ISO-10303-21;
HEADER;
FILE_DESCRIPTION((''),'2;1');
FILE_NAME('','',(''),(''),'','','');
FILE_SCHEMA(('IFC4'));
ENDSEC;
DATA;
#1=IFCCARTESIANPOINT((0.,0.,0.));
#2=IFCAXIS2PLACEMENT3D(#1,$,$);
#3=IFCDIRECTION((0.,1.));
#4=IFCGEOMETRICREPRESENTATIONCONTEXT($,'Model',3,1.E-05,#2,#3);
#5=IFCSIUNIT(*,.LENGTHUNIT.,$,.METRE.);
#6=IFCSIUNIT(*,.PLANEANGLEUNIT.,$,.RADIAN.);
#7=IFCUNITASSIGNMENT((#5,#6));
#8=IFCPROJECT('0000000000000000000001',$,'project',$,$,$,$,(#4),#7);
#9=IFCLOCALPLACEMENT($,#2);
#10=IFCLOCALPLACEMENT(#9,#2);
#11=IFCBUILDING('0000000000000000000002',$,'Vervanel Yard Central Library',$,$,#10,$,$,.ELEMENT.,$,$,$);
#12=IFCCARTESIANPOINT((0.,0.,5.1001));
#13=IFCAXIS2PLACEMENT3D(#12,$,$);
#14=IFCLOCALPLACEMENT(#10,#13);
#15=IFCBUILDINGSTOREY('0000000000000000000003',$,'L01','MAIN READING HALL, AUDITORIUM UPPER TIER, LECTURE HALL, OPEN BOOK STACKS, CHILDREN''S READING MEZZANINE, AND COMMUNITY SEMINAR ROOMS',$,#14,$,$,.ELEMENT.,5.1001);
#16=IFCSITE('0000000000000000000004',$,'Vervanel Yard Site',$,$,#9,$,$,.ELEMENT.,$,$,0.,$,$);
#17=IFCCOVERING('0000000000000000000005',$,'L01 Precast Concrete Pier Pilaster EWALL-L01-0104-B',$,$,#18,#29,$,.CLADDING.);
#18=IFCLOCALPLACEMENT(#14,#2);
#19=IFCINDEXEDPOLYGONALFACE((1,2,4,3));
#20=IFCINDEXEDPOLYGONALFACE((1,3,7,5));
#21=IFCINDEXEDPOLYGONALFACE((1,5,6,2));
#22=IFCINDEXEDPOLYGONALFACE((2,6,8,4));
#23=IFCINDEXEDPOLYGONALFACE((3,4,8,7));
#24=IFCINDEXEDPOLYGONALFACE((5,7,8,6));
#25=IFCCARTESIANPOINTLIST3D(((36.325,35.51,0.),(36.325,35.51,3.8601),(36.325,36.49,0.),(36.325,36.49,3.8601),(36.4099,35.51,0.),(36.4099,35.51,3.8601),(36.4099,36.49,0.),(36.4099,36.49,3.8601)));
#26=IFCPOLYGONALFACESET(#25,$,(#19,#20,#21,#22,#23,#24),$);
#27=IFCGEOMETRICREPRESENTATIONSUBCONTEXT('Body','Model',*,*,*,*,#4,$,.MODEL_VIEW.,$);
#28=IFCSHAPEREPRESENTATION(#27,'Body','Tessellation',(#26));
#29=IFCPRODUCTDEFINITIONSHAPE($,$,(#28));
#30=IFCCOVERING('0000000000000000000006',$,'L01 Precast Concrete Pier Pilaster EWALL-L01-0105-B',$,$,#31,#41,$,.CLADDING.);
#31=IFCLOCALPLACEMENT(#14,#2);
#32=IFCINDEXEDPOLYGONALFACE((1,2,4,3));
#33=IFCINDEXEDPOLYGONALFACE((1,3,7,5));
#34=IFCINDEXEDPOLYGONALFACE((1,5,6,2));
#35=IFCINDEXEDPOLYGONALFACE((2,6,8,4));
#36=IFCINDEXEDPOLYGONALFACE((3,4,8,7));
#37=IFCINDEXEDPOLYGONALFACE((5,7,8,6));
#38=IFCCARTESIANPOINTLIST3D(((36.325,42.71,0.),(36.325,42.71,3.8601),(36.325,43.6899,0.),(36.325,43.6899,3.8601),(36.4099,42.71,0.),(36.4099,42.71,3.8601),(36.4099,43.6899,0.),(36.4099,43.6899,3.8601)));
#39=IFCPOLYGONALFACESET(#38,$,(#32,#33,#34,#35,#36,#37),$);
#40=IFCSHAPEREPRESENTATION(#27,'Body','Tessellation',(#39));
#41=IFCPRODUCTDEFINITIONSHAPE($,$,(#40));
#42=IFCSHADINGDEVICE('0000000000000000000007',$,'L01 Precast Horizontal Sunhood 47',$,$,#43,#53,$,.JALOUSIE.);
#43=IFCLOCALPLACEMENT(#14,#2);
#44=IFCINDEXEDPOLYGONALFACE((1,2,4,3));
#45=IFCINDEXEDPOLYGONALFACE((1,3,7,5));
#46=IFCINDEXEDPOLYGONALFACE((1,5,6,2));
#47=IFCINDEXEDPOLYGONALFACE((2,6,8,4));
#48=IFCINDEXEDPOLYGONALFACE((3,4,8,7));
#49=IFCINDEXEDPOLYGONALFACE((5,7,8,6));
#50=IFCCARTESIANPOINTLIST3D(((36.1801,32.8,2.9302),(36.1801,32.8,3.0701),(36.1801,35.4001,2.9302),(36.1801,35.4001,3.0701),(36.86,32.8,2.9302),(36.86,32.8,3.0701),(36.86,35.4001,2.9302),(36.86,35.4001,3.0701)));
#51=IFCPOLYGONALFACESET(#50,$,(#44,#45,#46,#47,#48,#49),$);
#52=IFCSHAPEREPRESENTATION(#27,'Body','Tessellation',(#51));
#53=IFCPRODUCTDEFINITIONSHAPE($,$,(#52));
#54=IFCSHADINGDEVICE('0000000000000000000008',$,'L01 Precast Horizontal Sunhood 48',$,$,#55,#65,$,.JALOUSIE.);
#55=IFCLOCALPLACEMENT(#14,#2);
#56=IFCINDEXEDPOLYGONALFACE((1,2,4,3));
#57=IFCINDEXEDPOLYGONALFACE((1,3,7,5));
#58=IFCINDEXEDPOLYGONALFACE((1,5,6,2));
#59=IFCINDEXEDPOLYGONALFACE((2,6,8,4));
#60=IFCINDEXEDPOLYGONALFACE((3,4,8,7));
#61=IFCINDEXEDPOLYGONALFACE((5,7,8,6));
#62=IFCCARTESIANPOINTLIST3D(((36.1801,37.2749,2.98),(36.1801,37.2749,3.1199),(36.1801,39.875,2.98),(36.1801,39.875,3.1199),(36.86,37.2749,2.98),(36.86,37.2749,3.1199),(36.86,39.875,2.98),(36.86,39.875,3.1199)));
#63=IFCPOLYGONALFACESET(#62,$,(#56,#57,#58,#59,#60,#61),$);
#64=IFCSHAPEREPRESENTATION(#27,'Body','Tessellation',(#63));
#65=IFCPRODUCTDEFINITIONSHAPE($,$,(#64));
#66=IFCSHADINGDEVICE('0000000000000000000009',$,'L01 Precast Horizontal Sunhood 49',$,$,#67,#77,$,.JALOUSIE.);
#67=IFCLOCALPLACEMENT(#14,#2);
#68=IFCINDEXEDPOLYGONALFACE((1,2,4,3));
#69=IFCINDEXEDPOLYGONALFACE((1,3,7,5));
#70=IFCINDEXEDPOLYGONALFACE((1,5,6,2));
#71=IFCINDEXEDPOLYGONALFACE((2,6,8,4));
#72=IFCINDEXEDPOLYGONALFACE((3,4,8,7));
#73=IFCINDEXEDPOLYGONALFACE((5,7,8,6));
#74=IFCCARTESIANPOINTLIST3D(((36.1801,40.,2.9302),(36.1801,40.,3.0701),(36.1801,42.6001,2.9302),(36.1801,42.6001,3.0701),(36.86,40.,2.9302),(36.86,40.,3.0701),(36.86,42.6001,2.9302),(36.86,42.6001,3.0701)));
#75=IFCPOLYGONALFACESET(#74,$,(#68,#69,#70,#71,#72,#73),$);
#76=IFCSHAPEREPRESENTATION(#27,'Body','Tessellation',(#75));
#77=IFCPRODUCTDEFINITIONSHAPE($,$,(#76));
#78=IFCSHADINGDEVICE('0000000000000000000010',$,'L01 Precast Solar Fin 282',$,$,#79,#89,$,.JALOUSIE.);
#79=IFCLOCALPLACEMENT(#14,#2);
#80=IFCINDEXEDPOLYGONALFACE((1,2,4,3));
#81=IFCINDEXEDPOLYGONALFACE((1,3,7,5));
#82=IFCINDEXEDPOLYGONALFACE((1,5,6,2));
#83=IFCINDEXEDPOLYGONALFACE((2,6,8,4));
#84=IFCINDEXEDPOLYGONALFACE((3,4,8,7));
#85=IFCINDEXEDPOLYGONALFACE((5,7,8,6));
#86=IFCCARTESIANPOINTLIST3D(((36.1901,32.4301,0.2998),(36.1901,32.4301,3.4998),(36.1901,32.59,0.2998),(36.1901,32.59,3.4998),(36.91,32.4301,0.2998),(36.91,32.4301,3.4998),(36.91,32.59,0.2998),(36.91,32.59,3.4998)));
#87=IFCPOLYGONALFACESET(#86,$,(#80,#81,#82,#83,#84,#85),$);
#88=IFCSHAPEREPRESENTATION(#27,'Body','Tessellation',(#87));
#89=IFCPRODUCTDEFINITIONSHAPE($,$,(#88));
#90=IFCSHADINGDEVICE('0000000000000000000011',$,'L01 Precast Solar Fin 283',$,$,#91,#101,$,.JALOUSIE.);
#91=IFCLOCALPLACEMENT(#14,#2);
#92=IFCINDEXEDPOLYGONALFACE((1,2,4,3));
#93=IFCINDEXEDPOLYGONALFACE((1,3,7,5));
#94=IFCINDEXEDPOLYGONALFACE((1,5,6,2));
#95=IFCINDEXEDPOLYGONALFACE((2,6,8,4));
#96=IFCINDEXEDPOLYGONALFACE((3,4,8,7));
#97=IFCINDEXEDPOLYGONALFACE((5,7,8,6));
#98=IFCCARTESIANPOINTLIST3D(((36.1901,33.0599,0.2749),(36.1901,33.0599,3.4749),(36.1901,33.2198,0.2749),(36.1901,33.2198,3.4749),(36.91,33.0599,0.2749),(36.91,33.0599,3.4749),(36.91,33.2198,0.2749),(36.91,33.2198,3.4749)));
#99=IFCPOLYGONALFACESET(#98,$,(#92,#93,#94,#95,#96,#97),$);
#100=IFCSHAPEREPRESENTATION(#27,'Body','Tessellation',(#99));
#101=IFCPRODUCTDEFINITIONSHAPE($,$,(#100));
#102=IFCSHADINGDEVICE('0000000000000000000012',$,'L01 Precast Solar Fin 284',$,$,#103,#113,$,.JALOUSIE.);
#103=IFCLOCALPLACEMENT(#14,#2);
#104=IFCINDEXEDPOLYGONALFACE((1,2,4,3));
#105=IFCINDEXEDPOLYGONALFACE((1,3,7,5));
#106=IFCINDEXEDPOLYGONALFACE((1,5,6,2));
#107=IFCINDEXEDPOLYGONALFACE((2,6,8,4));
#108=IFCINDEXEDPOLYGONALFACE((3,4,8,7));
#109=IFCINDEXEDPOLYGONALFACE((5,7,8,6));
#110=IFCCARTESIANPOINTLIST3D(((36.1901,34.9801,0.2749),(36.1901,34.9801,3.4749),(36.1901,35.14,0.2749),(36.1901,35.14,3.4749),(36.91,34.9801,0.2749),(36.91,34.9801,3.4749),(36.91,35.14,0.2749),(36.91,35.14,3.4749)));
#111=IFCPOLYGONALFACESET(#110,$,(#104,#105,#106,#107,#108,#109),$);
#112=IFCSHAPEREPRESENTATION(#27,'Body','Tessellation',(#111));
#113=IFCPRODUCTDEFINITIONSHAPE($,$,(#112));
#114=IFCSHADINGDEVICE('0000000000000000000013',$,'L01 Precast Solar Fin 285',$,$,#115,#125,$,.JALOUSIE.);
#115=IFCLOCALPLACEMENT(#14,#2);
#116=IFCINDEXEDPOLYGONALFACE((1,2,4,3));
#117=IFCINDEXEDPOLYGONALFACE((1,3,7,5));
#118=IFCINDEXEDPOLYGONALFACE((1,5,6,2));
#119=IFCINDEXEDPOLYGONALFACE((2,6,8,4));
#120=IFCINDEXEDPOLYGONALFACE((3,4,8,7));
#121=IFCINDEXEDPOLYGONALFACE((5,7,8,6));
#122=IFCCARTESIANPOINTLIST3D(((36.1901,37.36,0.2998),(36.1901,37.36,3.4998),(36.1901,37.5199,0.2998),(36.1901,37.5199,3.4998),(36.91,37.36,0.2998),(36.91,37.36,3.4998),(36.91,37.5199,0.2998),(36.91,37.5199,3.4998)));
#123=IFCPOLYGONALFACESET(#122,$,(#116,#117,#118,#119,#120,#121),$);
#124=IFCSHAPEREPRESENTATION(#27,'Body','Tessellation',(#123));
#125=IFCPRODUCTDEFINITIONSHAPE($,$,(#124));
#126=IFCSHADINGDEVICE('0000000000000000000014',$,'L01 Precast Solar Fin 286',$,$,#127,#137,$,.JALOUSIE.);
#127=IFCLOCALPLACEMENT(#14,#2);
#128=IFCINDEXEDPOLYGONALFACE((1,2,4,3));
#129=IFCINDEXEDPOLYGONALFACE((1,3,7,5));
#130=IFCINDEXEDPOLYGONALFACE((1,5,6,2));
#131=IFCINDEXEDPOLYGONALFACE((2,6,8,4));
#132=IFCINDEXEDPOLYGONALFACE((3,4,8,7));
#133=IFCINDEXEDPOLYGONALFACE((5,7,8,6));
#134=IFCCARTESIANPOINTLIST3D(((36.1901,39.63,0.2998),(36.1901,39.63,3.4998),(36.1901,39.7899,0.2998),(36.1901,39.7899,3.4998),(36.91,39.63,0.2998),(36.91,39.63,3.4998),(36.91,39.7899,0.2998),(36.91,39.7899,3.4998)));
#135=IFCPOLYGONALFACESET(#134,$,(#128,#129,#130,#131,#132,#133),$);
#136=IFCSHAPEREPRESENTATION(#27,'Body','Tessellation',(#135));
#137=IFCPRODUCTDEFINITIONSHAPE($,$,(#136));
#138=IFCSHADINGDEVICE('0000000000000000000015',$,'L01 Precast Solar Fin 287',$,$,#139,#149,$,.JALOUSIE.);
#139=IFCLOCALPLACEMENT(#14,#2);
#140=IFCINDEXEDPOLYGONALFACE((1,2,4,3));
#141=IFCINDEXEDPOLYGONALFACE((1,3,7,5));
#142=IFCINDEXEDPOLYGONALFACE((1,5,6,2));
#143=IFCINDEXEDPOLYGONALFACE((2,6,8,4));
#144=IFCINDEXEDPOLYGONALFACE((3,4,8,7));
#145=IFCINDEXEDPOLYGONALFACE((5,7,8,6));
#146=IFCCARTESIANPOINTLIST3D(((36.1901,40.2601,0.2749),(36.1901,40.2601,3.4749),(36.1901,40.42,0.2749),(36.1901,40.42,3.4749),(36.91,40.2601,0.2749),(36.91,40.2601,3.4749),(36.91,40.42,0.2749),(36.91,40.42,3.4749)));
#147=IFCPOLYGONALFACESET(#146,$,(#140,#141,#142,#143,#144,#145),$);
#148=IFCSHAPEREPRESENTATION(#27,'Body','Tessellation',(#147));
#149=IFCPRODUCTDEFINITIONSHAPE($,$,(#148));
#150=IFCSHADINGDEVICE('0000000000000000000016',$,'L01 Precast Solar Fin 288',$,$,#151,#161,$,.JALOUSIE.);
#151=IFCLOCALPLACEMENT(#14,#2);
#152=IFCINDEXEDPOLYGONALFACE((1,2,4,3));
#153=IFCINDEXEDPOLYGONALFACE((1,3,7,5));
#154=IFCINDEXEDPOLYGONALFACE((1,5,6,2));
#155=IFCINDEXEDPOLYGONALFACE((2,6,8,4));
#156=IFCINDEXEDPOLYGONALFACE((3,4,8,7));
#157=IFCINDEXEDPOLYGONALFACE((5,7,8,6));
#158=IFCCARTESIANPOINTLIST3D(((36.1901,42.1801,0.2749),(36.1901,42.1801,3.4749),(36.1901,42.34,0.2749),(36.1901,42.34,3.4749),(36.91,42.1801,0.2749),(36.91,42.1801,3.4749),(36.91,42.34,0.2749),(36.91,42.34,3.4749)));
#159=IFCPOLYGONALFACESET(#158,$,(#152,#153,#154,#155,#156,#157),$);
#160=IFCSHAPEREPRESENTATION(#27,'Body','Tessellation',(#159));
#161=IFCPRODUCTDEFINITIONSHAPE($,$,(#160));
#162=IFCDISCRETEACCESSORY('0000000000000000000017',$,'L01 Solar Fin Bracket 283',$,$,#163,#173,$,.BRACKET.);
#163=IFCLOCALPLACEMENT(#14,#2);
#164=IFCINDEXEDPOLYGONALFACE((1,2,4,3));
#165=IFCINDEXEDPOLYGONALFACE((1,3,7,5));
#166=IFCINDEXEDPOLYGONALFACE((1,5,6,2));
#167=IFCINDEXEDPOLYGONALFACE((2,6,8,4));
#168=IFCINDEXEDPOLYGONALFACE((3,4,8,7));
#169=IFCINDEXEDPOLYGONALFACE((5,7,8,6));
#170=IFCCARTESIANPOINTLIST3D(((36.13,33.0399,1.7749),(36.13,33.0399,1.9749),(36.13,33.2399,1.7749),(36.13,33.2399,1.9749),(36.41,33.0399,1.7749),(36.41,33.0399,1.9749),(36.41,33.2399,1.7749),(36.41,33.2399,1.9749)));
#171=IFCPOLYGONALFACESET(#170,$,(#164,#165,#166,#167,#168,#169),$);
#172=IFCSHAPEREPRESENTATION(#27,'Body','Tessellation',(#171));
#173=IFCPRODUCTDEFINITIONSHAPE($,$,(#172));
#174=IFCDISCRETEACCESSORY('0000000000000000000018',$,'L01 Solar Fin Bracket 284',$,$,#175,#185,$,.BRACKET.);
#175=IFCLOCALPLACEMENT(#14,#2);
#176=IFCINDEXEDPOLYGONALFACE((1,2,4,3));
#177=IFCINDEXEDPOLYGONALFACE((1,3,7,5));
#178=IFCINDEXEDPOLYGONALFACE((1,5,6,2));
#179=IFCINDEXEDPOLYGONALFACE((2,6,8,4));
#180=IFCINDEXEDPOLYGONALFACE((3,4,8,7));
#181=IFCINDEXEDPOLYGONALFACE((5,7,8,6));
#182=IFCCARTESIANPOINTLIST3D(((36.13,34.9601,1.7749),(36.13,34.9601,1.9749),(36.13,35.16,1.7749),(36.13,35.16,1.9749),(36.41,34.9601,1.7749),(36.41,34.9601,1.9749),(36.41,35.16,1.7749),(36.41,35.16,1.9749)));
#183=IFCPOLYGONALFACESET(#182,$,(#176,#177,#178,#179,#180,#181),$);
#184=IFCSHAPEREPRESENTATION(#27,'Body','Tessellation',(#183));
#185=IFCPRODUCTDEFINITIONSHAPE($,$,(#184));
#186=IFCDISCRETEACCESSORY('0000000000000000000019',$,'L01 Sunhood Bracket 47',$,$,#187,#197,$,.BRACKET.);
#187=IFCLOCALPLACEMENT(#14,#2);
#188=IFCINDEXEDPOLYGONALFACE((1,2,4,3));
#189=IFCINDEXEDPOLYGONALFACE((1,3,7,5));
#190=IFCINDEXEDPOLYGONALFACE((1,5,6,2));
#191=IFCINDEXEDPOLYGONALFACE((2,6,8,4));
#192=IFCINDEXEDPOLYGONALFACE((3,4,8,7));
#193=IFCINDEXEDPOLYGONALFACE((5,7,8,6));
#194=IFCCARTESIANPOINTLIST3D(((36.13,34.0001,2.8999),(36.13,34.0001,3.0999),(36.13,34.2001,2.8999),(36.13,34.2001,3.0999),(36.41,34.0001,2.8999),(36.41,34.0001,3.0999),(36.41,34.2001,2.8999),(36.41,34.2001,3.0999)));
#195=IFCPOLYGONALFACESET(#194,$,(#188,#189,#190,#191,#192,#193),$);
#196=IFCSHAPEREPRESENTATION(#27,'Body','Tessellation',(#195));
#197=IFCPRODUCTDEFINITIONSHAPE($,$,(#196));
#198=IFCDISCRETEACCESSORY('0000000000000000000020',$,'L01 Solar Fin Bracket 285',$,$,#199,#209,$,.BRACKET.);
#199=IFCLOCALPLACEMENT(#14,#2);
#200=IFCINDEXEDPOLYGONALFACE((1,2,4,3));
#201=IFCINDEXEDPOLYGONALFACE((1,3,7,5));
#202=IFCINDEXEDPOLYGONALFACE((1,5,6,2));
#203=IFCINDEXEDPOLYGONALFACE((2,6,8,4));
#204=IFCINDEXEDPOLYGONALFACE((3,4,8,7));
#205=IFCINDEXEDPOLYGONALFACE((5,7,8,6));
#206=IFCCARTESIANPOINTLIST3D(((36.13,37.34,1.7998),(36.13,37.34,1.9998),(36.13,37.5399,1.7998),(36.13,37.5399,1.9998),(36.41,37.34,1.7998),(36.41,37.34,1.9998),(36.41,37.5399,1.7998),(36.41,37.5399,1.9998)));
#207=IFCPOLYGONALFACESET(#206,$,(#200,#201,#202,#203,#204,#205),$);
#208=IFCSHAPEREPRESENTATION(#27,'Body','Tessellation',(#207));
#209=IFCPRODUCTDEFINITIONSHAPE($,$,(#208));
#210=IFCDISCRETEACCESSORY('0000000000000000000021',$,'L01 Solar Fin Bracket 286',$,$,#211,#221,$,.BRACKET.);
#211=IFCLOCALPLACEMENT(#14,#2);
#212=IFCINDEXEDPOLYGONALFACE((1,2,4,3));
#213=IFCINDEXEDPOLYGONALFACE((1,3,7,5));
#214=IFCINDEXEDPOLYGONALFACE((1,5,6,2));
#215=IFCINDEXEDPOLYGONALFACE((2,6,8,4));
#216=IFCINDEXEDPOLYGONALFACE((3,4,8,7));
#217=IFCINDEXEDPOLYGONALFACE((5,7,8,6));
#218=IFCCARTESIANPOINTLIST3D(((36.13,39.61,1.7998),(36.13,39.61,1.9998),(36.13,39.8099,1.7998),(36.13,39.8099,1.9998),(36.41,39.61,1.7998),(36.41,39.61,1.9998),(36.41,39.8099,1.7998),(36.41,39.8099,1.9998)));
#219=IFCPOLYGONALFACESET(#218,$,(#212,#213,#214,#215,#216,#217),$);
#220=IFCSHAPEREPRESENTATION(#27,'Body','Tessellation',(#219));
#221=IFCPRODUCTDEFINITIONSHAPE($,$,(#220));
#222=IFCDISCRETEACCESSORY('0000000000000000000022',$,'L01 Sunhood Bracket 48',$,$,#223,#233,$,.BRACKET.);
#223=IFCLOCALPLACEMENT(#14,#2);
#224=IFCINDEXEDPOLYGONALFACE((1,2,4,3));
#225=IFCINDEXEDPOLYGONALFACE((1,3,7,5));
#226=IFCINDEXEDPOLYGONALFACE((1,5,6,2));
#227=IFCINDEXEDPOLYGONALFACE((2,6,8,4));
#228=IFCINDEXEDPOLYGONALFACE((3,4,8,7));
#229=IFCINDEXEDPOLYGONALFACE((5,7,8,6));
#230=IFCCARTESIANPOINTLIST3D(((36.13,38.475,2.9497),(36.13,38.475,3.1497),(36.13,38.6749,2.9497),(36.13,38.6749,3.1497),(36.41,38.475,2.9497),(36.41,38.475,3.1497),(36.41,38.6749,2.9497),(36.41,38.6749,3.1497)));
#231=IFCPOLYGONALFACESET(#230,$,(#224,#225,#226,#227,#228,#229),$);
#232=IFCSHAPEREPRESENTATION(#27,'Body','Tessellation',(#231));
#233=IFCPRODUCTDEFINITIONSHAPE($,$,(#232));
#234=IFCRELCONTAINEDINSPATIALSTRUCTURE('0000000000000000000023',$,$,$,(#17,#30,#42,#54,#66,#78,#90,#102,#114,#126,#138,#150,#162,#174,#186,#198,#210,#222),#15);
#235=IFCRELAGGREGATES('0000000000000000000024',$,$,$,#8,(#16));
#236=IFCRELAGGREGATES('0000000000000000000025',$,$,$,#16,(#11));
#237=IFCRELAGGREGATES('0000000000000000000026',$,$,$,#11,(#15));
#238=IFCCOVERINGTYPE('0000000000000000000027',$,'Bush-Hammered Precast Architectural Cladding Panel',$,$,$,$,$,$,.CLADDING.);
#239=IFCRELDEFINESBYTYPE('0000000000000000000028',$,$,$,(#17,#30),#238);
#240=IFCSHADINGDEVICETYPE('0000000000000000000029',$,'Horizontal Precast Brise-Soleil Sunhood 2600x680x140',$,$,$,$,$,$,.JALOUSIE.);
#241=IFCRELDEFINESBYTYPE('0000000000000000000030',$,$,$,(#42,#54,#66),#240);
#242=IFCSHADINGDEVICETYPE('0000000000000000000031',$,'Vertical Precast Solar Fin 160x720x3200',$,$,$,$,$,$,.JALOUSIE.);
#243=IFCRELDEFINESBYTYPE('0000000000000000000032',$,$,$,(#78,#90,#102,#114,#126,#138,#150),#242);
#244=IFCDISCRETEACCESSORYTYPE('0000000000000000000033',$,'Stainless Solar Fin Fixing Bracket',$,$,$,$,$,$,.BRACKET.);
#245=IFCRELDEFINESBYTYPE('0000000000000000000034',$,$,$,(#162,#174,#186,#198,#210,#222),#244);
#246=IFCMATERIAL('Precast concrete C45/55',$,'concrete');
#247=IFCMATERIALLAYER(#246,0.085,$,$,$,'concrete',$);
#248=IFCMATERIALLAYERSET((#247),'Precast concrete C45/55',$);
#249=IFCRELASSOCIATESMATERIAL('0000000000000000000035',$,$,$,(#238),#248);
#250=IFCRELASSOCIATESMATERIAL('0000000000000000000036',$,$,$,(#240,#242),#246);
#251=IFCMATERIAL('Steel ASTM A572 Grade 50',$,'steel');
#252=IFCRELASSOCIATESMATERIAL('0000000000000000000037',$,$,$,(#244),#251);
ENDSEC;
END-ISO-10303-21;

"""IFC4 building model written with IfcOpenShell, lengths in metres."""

from ifc_helpers import new_model, si_unit, direction, frame, origin, origin_2d, place, context, subcontext, project, spatial, rectangle, extrude, material, layer, layer_set, type_object, element, save


model = new_model("IFC4")

# Units and contexts
model_context = context("Model", 3, precision=1e-05, world=origin(), true_north=direction((0.0, 1.0)))
body_context = subcontext(model_context, "Body", "Model", "MODEL_VIEW")
ifc_project = project(units=[si_unit("LENGTHUNIT", "METRE"), si_unit("PLANEANGLEUNIT", "RADIAN")], contexts=[model_context])

# Site, building, storey
site_placement = place(None, origin())
site = spatial("IfcSite", under=ifc_project, at=site_placement, Name="Vervanel Yard Site", CompositionType="ELEMENT", RefElevation=0.0)
building_placement = place(site_placement, origin())
building = spatial("IfcBuilding", under=site, at=building_placement, Name="Vervanel Yard Central Library", CompositionType="ELEMENT")
storey_placement = place(building_placement, frame((0.0, 0.0, 5.1001)))
storey = spatial("IfcBuildingStorey", under=building, at=storey_placement, Name="L01", Description="MAIN READING HALL, AUDITORIUM UPPER TIER, LECTURE HALL, OPEN BOOK STACKS, CHILDREN'S READING MEZZANINE, AND COMMUNITY SEMINAR ROOMS", CompositionType="ELEMENT", Elevation=5.1001)

# Coverings
ifc_material_1 = material(Name="Precast concrete C45/55", Category="concrete")
ifc_layer = layer(ifc_material_1, 0.085, Category="concrete")
ifc_layer_set = layer_set([ifc_layer], Name="Precast concrete C45/55")
covering_type = type_object("IfcCoveringType", Name="Bush-Hammered Precast Architectural Cladding Panel", PredefinedType="CLADDING", material=ifc_layer_set)
for number, where, z_axis, x_axis, name in (
    (1, (36.3674, 36.0, 0.0), (0.0, 0.0, 1.0), (0.0, 1.0, 0.0), "L01 Precast Concrete Pier Pilaster EWALL-L01-0104-B"),
    (2, (36.3674, 43.2, 0.0), (0.0, 0.0, 1.0), (0.0, 1.0, 0.0), "L01 Precast Concrete Pier Pilaster EWALL-L01-0105-B"),
):
    element("IfcCovering", number, at=place(storey_placement, frame(where, z_axis=z_axis, x_axis=x_axis)), inside=storey, type_object=covering_type, Name=name, PredefinedType="CLADDING", context=body_context, shape_type="SweptSolid", body=[
        extrude(rectangle(XDim=0.98, YDim=0.085, at=origin_2d()), origin(), (0.0, 0.0, 1.0), 3.8601),
    ])

# Shading devices
shading_device_type_1 = type_object("IfcShadingDeviceType", Name="Horizontal Precast Brise-Soleil Sunhood 2600x680x140", PredefinedType="JALOUSIE", material=ifc_material_1)
for number, where, z_axis, x_axis, name in (
    (3, (36.52, 34.1001, 2.9302), (0.0, 0.0, 1.0), (0.0, 1.0, 0.0), "L01 Precast Horizontal Sunhood 47"),
    (4, (36.52, 38.575, 2.98), (0.0, 0.0, 1.0), (0.0, 1.0, 0.0), "L01 Precast Horizontal Sunhood 48"),
    (5, (36.52, 41.3, 2.9302), (0.0, 0.0, 1.0), (0.0, 1.0, 0.0), "L01 Precast Horizontal Sunhood 49"),
):
    element("IfcShadingDevice", number, at=place(storey_placement, frame(where, z_axis=z_axis, x_axis=x_axis)), inside=storey, type_object=shading_device_type_1, Name=name, PredefinedType="JALOUSIE", context=body_context, shape_type="SweptSolid", body=[
        extrude(rectangle(XDim=2.6001, YDim=0.6799, at=origin_2d()), origin(), (0.0, 0.0, 1.0), 0.1399),
    ])
shading_device_type_2 = type_object("IfcShadingDeviceType", Name="Vertical Precast Solar Fin 160x720x3200", PredefinedType="JALOUSIE", material=ifc_material_1)
for number, where, z_axis, x_axis, name in (
    (6, (36.55, 32.51, 0.2998), (0.0, 0.0, 1.0), (0.0, 1.0, 0.0), "L01 Precast Solar Fin 282"),
    (7, (36.55, 33.1399, 0.2749), (0.0, 0.0, 1.0), (0.0, 1.0, 0.0), "L01 Precast Solar Fin 283"),
    (8, (36.55, 35.0601, 0.2749), (0.0, 0.0, 1.0), (0.0, 1.0, 0.0), "L01 Precast Solar Fin 284"),
    (9, (36.55, 37.4399, 0.2998), (0.0, 0.0, 1.0), (0.0, 1.0, 0.0), "L01 Precast Solar Fin 285"),
    (10, (36.55, 39.71, 0.2998), (0.0, 0.0, 1.0), (0.0, 1.0, 0.0), "L01 Precast Solar Fin 286"),
    (11, (36.55, 40.3401, 0.2749), (0.0, 0.0, 1.0), (0.0, 1.0, 0.0), "L01 Precast Solar Fin 287"),
    (12, (36.55, 42.26, 0.2749), (0.0, 0.0, 1.0), (0.0, 1.0, 0.0), "L01 Precast Solar Fin 288"),
):
    element("IfcShadingDevice", number, at=place(storey_placement, frame(where, z_axis=z_axis, x_axis=x_axis)), inside=storey, type_object=shading_device_type_2, Name=name, PredefinedType="JALOUSIE", context=body_context, shape_type="SweptSolid", body=[
        extrude(rectangle(XDim=0.1599, YDim=0.72, at=origin_2d()), origin(), (0.0, 0.0, 1.0), 3.2),
    ])

# Discrete accessories
ifc_material_2 = material(Name="Steel ASTM A572 Grade 50", Category="steel")
discrete_accessory_type = type_object("IfcDiscreteAccessoryType", Name="Stainless Solar Fin Fixing Bracket", PredefinedType="BRACKET", material=ifc_material_2)
for number, where, z_axis, x_axis, name in (
    (13, (36.27, 33.1399, 1.7749), (0.0, 0.0, 1.0), (0.0, 1.0, 0.0), "L01 Solar Fin Bracket 283"),
    (14, (36.27, 35.0601, 1.7749), (0.0, 0.0, 1.0), (0.0, 1.0, 0.0), "L01 Solar Fin Bracket 284"),
    (15, (36.27, 34.1001, 2.8999), (0.0, 0.0, 1.0), (0.0, 1.0, 0.0), "L01 Sunhood Bracket 47"),
    (16, (36.27, 37.4399, 1.7998), (0.0, 0.0, 1.0), (0.0, 1.0, 0.0), "L01 Solar Fin Bracket 285"),
    (17, (36.27, 39.71, 1.7998), (0.0, 0.0, 1.0), (0.0, 1.0, 0.0), "L01 Solar Fin Bracket 286"),
    (18, (36.27, 38.575, 2.9497), (0.0, 0.0, 1.0), (0.0, 1.0, 0.0), "L01 Sunhood Bracket 48"),
):
    element("IfcDiscreteAccessory", number, at=place(storey_placement, frame(where, z_axis=z_axis, x_axis=x_axis)), inside=storey, type_object=discrete_accessory_type, Name=name, PredefinedType="BRACKET", context=body_context, shape_type="SweptSolid", body=[
        extrude(rectangle(XDim=0.2, YDim=0.28, at=origin_2d()), origin(), (0.0, 0.0, 1.0), 0.2),
    ])

save(model, "model.ifc")
